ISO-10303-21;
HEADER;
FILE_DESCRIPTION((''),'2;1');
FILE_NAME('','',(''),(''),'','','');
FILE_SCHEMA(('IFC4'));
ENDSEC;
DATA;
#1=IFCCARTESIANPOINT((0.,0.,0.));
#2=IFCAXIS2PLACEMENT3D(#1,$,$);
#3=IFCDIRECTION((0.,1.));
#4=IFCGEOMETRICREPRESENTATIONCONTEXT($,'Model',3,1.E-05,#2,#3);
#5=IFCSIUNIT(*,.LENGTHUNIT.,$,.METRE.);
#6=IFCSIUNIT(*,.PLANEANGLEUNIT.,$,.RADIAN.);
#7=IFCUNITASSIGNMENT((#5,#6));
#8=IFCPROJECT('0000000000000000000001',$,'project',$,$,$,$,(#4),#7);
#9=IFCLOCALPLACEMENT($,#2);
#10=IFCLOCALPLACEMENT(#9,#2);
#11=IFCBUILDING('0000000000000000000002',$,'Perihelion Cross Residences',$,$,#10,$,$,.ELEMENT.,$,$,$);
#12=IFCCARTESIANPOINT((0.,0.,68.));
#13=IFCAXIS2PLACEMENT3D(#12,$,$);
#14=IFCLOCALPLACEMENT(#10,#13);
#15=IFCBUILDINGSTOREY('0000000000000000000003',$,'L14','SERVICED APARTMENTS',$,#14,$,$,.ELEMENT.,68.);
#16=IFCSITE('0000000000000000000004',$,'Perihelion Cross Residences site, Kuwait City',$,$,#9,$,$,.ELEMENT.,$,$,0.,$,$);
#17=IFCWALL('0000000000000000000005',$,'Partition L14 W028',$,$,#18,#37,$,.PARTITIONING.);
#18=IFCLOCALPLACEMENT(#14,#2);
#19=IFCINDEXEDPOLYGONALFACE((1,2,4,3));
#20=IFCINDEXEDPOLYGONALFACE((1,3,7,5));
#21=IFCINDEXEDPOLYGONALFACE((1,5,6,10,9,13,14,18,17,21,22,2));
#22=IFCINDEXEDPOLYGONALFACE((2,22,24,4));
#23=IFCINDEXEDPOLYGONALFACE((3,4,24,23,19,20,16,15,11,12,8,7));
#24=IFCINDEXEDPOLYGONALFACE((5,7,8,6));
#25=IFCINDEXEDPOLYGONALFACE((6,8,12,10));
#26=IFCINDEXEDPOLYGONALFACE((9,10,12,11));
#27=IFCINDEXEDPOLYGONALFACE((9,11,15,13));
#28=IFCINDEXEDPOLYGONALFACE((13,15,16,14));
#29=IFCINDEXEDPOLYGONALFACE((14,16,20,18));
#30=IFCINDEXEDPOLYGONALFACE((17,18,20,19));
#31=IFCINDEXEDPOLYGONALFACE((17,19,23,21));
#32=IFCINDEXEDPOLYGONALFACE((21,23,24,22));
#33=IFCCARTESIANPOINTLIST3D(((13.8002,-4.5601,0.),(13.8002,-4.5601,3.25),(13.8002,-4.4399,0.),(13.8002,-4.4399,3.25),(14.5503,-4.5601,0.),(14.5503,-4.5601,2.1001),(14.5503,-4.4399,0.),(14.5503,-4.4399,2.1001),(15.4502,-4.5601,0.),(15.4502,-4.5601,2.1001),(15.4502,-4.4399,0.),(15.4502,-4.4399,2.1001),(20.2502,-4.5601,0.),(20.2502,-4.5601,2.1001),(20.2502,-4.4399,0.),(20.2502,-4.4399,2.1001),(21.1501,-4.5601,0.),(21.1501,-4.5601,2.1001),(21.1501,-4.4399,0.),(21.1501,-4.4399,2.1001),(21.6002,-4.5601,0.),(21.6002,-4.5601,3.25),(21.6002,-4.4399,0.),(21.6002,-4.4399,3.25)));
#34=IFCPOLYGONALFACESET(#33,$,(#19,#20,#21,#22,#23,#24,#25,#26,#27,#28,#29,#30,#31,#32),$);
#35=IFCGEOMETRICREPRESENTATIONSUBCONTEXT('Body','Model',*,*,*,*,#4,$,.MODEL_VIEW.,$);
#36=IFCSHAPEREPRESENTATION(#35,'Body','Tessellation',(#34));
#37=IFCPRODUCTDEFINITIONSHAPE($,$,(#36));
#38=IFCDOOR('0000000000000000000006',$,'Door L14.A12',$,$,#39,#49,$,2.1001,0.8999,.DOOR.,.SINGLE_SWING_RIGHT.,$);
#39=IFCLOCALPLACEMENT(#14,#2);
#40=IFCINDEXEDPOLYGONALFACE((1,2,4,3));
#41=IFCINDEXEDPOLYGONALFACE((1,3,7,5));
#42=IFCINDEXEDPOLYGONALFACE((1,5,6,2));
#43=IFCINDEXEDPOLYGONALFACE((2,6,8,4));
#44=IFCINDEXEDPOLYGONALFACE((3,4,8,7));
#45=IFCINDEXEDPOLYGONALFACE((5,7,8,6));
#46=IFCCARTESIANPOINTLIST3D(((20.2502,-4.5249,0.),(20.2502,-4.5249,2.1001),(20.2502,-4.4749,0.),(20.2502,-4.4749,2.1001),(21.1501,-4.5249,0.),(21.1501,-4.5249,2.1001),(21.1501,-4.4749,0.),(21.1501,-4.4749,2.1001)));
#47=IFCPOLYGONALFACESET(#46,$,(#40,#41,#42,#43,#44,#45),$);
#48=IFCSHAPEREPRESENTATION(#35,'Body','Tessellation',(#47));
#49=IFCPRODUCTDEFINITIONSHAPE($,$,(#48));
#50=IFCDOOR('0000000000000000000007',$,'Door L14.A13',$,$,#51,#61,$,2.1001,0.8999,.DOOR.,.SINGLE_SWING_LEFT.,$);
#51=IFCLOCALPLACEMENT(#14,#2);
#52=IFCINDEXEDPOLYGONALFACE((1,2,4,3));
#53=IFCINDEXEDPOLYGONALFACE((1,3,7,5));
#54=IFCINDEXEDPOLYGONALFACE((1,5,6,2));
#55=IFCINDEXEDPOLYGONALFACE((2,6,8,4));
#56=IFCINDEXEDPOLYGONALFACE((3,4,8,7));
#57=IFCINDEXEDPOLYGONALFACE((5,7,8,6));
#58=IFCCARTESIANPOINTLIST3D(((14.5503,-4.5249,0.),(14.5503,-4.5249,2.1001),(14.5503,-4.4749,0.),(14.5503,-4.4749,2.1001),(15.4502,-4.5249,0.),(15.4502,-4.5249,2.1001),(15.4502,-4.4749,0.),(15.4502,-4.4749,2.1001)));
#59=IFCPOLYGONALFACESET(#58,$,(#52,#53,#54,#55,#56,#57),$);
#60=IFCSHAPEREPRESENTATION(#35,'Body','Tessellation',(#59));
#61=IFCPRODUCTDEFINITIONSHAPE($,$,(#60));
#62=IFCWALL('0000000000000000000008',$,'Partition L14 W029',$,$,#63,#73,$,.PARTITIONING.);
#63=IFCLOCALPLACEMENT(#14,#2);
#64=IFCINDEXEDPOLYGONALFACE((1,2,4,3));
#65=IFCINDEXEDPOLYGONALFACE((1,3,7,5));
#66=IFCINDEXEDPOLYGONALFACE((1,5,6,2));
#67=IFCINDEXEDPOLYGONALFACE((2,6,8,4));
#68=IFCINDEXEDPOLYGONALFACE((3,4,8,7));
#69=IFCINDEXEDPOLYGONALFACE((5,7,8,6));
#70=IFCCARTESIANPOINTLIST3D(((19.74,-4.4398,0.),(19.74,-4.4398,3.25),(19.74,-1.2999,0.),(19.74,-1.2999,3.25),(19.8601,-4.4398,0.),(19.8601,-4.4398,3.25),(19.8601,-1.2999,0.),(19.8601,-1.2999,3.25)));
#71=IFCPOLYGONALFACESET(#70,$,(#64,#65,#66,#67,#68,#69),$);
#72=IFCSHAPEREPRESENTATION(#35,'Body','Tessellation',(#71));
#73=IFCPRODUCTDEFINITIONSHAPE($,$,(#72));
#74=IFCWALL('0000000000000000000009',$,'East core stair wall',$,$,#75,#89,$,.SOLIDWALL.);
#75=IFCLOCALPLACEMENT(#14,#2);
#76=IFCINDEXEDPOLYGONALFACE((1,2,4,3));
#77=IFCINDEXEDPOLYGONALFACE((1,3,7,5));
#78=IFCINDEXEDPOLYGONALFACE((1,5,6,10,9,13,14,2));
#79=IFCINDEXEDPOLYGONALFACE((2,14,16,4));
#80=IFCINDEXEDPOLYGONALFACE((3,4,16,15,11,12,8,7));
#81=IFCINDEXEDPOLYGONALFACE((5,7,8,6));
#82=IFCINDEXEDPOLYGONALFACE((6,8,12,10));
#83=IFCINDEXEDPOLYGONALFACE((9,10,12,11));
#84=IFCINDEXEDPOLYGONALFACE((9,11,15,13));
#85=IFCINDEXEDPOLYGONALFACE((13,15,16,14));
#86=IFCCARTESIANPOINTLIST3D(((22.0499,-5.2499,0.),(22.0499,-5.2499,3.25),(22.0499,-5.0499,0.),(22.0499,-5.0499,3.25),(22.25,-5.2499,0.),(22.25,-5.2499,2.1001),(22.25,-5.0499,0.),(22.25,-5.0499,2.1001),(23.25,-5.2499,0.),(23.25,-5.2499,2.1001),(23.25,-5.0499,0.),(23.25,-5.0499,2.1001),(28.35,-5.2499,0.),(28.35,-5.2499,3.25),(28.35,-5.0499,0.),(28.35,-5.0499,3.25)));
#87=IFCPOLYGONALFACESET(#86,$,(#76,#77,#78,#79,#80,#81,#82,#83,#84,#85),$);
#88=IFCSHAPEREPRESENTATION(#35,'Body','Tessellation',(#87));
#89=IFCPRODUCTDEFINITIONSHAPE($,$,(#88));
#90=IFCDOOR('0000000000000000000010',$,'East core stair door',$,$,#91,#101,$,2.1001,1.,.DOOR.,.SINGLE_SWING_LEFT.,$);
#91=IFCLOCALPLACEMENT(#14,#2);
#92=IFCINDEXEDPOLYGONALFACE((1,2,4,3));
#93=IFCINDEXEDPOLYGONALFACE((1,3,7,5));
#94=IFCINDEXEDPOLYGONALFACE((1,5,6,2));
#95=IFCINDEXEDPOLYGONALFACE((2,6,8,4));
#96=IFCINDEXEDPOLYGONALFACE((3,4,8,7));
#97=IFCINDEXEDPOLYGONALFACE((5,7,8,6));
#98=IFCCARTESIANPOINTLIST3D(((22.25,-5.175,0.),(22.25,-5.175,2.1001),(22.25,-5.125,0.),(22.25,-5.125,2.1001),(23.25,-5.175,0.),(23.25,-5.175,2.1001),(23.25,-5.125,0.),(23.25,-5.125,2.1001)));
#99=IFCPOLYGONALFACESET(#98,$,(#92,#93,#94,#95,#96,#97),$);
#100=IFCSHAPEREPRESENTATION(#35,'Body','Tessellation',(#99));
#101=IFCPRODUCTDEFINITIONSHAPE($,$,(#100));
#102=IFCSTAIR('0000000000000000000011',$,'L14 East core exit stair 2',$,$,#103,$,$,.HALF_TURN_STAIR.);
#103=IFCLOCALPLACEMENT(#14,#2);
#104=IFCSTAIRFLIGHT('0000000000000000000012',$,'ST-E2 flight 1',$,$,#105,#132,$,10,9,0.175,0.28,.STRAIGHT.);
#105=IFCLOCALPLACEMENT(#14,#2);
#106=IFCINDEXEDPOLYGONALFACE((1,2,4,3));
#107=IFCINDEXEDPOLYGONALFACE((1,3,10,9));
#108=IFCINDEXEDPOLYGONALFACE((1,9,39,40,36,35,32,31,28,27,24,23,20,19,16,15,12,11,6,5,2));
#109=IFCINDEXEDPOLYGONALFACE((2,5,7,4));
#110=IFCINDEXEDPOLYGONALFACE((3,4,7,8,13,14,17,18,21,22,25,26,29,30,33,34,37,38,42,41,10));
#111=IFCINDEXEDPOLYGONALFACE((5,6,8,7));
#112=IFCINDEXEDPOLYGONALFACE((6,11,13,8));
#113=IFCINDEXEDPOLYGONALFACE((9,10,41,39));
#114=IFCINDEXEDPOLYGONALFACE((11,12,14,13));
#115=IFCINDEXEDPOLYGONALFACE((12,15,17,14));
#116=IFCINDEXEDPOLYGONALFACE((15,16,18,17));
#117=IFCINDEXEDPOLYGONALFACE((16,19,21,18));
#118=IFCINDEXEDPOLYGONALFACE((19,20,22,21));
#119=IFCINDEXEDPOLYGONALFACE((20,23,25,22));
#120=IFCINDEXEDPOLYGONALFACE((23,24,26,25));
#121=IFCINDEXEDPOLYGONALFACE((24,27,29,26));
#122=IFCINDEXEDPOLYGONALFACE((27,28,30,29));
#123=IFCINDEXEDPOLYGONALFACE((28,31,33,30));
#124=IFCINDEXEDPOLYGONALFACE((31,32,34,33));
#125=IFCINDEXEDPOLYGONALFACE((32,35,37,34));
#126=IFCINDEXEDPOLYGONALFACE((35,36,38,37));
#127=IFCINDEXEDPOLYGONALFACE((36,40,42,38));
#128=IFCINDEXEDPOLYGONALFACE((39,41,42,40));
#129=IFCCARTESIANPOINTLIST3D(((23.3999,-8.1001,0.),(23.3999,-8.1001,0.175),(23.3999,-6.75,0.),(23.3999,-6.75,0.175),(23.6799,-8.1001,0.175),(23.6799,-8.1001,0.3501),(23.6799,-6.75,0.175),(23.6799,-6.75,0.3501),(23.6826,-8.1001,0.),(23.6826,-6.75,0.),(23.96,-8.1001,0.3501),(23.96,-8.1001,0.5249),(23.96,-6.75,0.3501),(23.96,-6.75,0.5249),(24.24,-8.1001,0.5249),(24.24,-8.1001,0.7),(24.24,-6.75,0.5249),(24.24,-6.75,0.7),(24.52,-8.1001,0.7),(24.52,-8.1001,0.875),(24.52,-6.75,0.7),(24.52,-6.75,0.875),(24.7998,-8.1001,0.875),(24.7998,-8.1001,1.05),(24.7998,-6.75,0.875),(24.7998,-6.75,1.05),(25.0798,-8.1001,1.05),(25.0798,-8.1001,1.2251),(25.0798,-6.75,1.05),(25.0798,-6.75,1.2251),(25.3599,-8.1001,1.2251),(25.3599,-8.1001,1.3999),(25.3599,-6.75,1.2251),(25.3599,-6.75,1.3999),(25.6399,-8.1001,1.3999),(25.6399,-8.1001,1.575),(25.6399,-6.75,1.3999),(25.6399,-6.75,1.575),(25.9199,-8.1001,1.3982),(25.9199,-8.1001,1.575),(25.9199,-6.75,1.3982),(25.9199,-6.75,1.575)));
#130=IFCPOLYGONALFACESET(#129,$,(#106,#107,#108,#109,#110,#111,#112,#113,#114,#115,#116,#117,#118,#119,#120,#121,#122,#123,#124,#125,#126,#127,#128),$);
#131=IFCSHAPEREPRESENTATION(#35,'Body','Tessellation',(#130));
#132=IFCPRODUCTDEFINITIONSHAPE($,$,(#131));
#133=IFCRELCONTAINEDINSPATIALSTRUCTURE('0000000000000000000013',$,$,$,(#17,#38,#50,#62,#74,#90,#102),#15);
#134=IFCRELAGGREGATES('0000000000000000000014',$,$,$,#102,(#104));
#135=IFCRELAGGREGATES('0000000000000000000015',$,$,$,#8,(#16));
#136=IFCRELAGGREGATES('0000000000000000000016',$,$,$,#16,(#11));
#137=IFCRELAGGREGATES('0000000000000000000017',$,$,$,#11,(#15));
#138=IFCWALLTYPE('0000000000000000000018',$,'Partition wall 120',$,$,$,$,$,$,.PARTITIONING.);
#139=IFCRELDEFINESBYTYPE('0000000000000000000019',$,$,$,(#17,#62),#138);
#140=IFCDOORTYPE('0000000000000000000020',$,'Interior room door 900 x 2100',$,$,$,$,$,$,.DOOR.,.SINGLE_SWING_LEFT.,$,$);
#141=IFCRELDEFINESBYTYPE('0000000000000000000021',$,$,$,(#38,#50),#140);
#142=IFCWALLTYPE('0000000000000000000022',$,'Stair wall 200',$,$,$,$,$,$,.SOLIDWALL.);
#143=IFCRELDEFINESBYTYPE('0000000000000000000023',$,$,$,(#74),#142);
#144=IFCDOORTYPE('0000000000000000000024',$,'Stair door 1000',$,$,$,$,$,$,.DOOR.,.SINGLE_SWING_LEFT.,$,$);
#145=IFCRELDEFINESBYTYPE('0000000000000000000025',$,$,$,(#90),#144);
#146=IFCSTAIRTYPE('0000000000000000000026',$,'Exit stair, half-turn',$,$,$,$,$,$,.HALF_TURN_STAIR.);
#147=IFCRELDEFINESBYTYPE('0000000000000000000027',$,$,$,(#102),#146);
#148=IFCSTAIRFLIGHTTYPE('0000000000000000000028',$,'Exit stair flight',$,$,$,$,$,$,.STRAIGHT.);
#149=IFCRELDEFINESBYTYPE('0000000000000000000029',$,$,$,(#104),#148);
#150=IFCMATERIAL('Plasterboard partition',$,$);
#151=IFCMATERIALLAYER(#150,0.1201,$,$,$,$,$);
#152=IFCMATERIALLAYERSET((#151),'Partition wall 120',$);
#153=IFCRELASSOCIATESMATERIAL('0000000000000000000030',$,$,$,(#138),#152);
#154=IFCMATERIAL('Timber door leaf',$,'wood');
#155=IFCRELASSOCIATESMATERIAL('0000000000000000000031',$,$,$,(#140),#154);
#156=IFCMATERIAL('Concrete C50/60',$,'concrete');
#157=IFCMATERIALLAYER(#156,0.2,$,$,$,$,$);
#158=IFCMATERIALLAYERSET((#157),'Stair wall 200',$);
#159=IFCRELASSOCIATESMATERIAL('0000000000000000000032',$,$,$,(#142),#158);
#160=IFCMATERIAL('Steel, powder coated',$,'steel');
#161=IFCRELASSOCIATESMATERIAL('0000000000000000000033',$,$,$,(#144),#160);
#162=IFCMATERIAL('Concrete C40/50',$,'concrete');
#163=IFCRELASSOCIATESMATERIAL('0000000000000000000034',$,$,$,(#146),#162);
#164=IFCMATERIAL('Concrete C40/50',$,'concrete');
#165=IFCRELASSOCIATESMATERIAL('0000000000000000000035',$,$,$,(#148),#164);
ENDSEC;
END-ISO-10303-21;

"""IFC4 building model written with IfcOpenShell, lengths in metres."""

from ifc_helpers import new_model, si_unit, direction, frame, frame_2d, origin, place, context, subcontext, project, spatial, polyline, rectangle, outline, extrude, material, layer, layer_set, type_object, element, fill, aggregate, save


model = new_model("IFC4")

# Units and contexts
model_context = context("Model", 3, precision=1e-05, world=origin(), true_north=direction((0.0, 1.0)))
body_context = subcontext(model_context, "Body", "Model", "MODEL_VIEW")
ifc_project = project(units=[si_unit("LENGTHUNIT", "METRE"), si_unit("PLANEANGLEUNIT", "RADIAN")], contexts=[model_context])

# Site, building, storey
site_placement = place(None, origin())
site = spatial("IfcSite", under=ifc_project, at=site_placement, Name="Perihelion Cross Residences site, Kuwait City", CompositionType="ELEMENT", RefElevation=0.0)
building_placement = place(site_placement, origin())
building = spatial("IfcBuilding", under=site, at=building_placement, Name="Perihelion Cross Residences", CompositionType="ELEMENT")
storey_placement = place(building_placement, frame((0.0, 0.0, 68.0)))
storey = spatial("IfcBuildingStorey", under=building, at=storey_placement, Name="L14", Description="SERVICED APARTMENTS", CompositionType="ELEMENT", Elevation=68.0)

# Wall, openings, doors
ifc_material_1 = material(Name="Plasterboard partition")
ifc_layer_1 = layer(ifc_material_1, 0.1201)
ifc_layer_set_1 = layer_set([ifc_layer_1], Name="Partition wall 120")
wall_type_1 = type_object("IfcWallType", Name="Partition wall 120", PredefinedType="PARTITIONING", material=ifc_layer_set_1)
wall_1_placement = place(storey_placement, frame((21.6001, -4.5, 0.0), z_axis=(0.0, 0.0, 1.0), x_axis=(-1.0, 0.0, 0.0)))
wall_1 = element("IfcWall", 1, at=wall_1_placement, inside=storey, type_object=wall_type_1, Name="Partition L14 W028", PredefinedType="PARTITIONING", context=body_context, shape_type="SweptSolid", body=[
    extrude(rectangle(XDim=7.8, YDim=0.1201, at=frame_2d((3.8999, 0.0))), origin(), (0.0, 0.0, 1.0), 3.25),
])
opening_1_placement = place(wall_1_placement, frame((0.45, 0.0, 0.0)))
opening_1 = element("IfcOpeningElement", 2, at=opening_1_placement, cuts=wall_1, PredefinedType="OPENING", context=body_context, shape_type="SweptSolid", body=[
    extrude(rectangle(XDim=0.8999, YDim=2.1001, at=frame_2d((0.45, 1.05))), frame((0.0, 0.0701, 0.0), z_axis=(0.0, -1.0, 0.0), x_axis=(1.0, 0.0, 0.0)), (0.0, 0.0, 1.0), 0.1401),
])
opening_2_placement = place(wall_1_placement, frame((6.1499, 0.0, 0.0)))
opening_2 = element("IfcOpeningElement", 3, at=opening_2_placement, cuts=wall_1, PredefinedType="OPENING", context=body_context, shape_type="SweptSolid", body=[
    extrude(rectangle(XDim=0.8999, YDim=2.1001, at=frame_2d((0.45, 1.05))), frame((0.0, 0.0701, 0.0), z_axis=(0.0, -1.0, 0.0), x_axis=(1.0, 0.0, 0.0)), (0.0, 0.0, 1.0), 0.1401),
])
ifc_material_2 = material(Name="Timber door leaf", Category="wood")
door_type_1 = type_object("IfcDoorType", Name="Interior room door 900 x 2100", OperationType="SINGLE_SWING_LEFT", PredefinedType="DOOR", material=ifc_material_2)
door_1_placement = place(opening_1_placement, origin())
door_1 = element("IfcDoor", 4, at=door_1_placement, inside=storey, type_object=door_type_1, Name="Door L14.A12", OperationType="SINGLE_SWING_RIGHT", OverallHeight=2.1001, OverallWidth=0.8999, PredefinedType="DOOR", context=body_context, shape_type="SweptSolid", body=[
    extrude(rectangle(XDim=0.8999, YDim=2.1001, at=frame_2d((0.45, 1.05))), frame((0.0, 0.0249, 0.0), z_axis=(0.0, -1.0, 0.0), x_axis=(1.0, 0.0, 0.0)), (0.0, 0.0, 1.0), 0.05),
])
fill(opening_1, door_1)
door_2_placement = place(opening_2_placement, origin())
door_2 = element("IfcDoor", 5, at=door_2_placement, inside=storey, type_object=door_type_1, Name="Door L14.A13", OperationType="SINGLE_SWING_LEFT", OverallHeight=2.1001, OverallWidth=0.8999, PredefinedType="DOOR", context=body_context, shape_type="SweptSolid", body=[
    extrude(rectangle(XDim=0.8999, YDim=2.1001, at=frame_2d((0.45, 1.05))), frame((0.0, 0.0249, 0.0), z_axis=(0.0, -1.0, 0.0), x_axis=(1.0, 0.0, 0.0)), (0.0, 0.0, 1.0), 0.05),
])
fill(opening_2, door_2)

# Wall
wall_2_placement = place(storey_placement, frame((19.8, -1.3, 0.0), z_axis=(0.0, 0.0, 1.0), x_axis=(0.0, -1.0, 0.0)))
element("IfcWall", 6, at=wall_2_placement, inside=storey, type_object=wall_type_1, Name="Partition L14 W029", PredefinedType="PARTITIONING", context=body_context, shape_type="SweptSolid", body=[
    extrude(rectangle(XDim=3.1399, YDim=0.1201, at=frame_2d((1.5698, 0.0))), origin(), (0.0, 0.0, 1.0), 3.25),
])

# Wall, opening, door
ifc_material_3 = material(Name="Concrete C50/60", Category="concrete")
ifc_layer_2 = layer(ifc_material_3, 0.2)
ifc_layer_set_2 = layer_set([ifc_layer_2], Name="Stair wall 200")
wall_type_2 = type_object("IfcWallType", Name="Stair wall 200", PredefinedType="SOLIDWALL", material=ifc_layer_set_2)
wall_3_placement = place(storey_placement, frame((22.05, -5.1499, 0.0), z_axis=(0.0, 0.0, 1.0), x_axis=(1.0, 0.0, 0.0)))
wall_3 = element("IfcWall", 7, at=wall_3_placement, inside=storey, type_object=wall_type_2, Name="East core stair wall", PredefinedType="SOLIDWALL", context=body_context, shape_type="SweptSolid", body=[
    extrude(rectangle(XDim=6.3, YDim=0.2, at=frame_2d((3.1499, 0.0))), origin(), (0.0, 0.0, 1.0), 3.25),
])
opening_3_placement = place(wall_3_placement, frame((0.2, 0.0, 0.0)))
opening_3 = element("IfcOpeningElement", 8, at=opening_3_placement, cuts=wall_3, PredefinedType="OPENING", context=body_context, shape_type="SweptSolid", body=[
    extrude(rectangle(XDim=1.0, YDim=2.1001, at=frame_2d((0.5, 1.05))), frame((0.0, 0.1099, 0.0), z_axis=(0.0, -1.0, 0.0), x_axis=(1.0, 0.0, 0.0)), (0.0, 0.0, 1.0), 0.22),
])
ifc_material_4 = material(Name="Steel, powder coated", Category="steel")
door_type_2 = type_object("IfcDoorType", Name="Stair door 1000", OperationType="SINGLE_SWING_LEFT", PredefinedType="DOOR", material=ifc_material_4)
door_3_placement = place(opening_3_placement, origin())
door_3 = element("IfcDoor", 9, at=door_3_placement, inside=storey, type_object=door_type_2, Name="East core stair door", OperationType="SINGLE_SWING_LEFT", OverallHeight=2.1001, OverallWidth=1.0, PredefinedType="DOOR", context=body_context, shape_type="SweptSolid", body=[
    extrude(rectangle(XDim=1.0, YDim=2.1001, at=frame_2d((0.5, 1.05))), frame((0.0, 0.0249, 0.0), z_axis=(0.0, -1.0, 0.0), x_axis=(1.0, 0.0, 0.0)), (0.0, 0.0, 1.0), 0.05),
])
fill(opening_3, door_3)

# Stair, stair flight
ifc_material_5 = material(Name="Concrete C40/50", Category="concrete")
stair_type = type_object("IfcStairType", Name="Exit stair, half-turn", PredefinedType="HALF_TURN_STAIR", material=ifc_material_5)
stair_placement = place(storey_placement, origin())
stair = element("IfcStair", 10, at=stair_placement, inside=storey, type_object=stair_type, Name="L14 East core exit stair 2", PredefinedType="HALF_TURN_STAIR")
ifc_material_6 = material(Name="Concrete C40/50", Category="concrete")
stair_flight_type = type_object("IfcStairFlightType", Name="Exit stair flight", PredefinedType="STRAIGHT", material=ifc_material_6)
stair_flight_placement = place(storey_placement, frame((23.3999, -7.425, 0.0), z_axis=(0.0, 0.0, 1.0), x_axis=(1.0, 0.0, 0.0)))
stair_flight = element("IfcStairFlight", 11, at=stair_flight_placement, type_object=stair_flight_type, Name="ST-E2 flight 1", NumberOfRisers=10, NumberOfTreads=9, PredefinedType="STRAIGHT", RiserHeight=0.175, TreadLength=0.28, context=body_context, shape_type="SweptSolid", body=[
    extrude(outline(polyline([(0.0, 0.0), (0.0, 0.175), (0.28, 0.175), (0.28, 0.3501), (0.5601, 0.3501), (0.5601, 0.5249), (0.8401, 0.5249), (0.8401, 0.7), (1.1201, 0.7), (1.1201, 0.875), (1.3999, 0.875), (1.3999, 1.05), (1.6799, 1.05), (1.6799, 1.2251), (1.96, 1.2251), (1.96, 1.3999), (2.24, 1.3999), (2.24, 1.575), (2.52, 1.575), (2.52, 1.75), (2.52, 1.3982), (0.2827, 0.0), (0.0, 0.0)])), frame((0.0, 0.675, 0.0), z_axis=(0.0, -1.0, 0.0), x_axis=(1.0, 0.0, 0.0)), (0.0, 0.0, 1.0), 1.3501),
])
aggregate(stair, [stair_flight])

save(model, "model.ifc")
